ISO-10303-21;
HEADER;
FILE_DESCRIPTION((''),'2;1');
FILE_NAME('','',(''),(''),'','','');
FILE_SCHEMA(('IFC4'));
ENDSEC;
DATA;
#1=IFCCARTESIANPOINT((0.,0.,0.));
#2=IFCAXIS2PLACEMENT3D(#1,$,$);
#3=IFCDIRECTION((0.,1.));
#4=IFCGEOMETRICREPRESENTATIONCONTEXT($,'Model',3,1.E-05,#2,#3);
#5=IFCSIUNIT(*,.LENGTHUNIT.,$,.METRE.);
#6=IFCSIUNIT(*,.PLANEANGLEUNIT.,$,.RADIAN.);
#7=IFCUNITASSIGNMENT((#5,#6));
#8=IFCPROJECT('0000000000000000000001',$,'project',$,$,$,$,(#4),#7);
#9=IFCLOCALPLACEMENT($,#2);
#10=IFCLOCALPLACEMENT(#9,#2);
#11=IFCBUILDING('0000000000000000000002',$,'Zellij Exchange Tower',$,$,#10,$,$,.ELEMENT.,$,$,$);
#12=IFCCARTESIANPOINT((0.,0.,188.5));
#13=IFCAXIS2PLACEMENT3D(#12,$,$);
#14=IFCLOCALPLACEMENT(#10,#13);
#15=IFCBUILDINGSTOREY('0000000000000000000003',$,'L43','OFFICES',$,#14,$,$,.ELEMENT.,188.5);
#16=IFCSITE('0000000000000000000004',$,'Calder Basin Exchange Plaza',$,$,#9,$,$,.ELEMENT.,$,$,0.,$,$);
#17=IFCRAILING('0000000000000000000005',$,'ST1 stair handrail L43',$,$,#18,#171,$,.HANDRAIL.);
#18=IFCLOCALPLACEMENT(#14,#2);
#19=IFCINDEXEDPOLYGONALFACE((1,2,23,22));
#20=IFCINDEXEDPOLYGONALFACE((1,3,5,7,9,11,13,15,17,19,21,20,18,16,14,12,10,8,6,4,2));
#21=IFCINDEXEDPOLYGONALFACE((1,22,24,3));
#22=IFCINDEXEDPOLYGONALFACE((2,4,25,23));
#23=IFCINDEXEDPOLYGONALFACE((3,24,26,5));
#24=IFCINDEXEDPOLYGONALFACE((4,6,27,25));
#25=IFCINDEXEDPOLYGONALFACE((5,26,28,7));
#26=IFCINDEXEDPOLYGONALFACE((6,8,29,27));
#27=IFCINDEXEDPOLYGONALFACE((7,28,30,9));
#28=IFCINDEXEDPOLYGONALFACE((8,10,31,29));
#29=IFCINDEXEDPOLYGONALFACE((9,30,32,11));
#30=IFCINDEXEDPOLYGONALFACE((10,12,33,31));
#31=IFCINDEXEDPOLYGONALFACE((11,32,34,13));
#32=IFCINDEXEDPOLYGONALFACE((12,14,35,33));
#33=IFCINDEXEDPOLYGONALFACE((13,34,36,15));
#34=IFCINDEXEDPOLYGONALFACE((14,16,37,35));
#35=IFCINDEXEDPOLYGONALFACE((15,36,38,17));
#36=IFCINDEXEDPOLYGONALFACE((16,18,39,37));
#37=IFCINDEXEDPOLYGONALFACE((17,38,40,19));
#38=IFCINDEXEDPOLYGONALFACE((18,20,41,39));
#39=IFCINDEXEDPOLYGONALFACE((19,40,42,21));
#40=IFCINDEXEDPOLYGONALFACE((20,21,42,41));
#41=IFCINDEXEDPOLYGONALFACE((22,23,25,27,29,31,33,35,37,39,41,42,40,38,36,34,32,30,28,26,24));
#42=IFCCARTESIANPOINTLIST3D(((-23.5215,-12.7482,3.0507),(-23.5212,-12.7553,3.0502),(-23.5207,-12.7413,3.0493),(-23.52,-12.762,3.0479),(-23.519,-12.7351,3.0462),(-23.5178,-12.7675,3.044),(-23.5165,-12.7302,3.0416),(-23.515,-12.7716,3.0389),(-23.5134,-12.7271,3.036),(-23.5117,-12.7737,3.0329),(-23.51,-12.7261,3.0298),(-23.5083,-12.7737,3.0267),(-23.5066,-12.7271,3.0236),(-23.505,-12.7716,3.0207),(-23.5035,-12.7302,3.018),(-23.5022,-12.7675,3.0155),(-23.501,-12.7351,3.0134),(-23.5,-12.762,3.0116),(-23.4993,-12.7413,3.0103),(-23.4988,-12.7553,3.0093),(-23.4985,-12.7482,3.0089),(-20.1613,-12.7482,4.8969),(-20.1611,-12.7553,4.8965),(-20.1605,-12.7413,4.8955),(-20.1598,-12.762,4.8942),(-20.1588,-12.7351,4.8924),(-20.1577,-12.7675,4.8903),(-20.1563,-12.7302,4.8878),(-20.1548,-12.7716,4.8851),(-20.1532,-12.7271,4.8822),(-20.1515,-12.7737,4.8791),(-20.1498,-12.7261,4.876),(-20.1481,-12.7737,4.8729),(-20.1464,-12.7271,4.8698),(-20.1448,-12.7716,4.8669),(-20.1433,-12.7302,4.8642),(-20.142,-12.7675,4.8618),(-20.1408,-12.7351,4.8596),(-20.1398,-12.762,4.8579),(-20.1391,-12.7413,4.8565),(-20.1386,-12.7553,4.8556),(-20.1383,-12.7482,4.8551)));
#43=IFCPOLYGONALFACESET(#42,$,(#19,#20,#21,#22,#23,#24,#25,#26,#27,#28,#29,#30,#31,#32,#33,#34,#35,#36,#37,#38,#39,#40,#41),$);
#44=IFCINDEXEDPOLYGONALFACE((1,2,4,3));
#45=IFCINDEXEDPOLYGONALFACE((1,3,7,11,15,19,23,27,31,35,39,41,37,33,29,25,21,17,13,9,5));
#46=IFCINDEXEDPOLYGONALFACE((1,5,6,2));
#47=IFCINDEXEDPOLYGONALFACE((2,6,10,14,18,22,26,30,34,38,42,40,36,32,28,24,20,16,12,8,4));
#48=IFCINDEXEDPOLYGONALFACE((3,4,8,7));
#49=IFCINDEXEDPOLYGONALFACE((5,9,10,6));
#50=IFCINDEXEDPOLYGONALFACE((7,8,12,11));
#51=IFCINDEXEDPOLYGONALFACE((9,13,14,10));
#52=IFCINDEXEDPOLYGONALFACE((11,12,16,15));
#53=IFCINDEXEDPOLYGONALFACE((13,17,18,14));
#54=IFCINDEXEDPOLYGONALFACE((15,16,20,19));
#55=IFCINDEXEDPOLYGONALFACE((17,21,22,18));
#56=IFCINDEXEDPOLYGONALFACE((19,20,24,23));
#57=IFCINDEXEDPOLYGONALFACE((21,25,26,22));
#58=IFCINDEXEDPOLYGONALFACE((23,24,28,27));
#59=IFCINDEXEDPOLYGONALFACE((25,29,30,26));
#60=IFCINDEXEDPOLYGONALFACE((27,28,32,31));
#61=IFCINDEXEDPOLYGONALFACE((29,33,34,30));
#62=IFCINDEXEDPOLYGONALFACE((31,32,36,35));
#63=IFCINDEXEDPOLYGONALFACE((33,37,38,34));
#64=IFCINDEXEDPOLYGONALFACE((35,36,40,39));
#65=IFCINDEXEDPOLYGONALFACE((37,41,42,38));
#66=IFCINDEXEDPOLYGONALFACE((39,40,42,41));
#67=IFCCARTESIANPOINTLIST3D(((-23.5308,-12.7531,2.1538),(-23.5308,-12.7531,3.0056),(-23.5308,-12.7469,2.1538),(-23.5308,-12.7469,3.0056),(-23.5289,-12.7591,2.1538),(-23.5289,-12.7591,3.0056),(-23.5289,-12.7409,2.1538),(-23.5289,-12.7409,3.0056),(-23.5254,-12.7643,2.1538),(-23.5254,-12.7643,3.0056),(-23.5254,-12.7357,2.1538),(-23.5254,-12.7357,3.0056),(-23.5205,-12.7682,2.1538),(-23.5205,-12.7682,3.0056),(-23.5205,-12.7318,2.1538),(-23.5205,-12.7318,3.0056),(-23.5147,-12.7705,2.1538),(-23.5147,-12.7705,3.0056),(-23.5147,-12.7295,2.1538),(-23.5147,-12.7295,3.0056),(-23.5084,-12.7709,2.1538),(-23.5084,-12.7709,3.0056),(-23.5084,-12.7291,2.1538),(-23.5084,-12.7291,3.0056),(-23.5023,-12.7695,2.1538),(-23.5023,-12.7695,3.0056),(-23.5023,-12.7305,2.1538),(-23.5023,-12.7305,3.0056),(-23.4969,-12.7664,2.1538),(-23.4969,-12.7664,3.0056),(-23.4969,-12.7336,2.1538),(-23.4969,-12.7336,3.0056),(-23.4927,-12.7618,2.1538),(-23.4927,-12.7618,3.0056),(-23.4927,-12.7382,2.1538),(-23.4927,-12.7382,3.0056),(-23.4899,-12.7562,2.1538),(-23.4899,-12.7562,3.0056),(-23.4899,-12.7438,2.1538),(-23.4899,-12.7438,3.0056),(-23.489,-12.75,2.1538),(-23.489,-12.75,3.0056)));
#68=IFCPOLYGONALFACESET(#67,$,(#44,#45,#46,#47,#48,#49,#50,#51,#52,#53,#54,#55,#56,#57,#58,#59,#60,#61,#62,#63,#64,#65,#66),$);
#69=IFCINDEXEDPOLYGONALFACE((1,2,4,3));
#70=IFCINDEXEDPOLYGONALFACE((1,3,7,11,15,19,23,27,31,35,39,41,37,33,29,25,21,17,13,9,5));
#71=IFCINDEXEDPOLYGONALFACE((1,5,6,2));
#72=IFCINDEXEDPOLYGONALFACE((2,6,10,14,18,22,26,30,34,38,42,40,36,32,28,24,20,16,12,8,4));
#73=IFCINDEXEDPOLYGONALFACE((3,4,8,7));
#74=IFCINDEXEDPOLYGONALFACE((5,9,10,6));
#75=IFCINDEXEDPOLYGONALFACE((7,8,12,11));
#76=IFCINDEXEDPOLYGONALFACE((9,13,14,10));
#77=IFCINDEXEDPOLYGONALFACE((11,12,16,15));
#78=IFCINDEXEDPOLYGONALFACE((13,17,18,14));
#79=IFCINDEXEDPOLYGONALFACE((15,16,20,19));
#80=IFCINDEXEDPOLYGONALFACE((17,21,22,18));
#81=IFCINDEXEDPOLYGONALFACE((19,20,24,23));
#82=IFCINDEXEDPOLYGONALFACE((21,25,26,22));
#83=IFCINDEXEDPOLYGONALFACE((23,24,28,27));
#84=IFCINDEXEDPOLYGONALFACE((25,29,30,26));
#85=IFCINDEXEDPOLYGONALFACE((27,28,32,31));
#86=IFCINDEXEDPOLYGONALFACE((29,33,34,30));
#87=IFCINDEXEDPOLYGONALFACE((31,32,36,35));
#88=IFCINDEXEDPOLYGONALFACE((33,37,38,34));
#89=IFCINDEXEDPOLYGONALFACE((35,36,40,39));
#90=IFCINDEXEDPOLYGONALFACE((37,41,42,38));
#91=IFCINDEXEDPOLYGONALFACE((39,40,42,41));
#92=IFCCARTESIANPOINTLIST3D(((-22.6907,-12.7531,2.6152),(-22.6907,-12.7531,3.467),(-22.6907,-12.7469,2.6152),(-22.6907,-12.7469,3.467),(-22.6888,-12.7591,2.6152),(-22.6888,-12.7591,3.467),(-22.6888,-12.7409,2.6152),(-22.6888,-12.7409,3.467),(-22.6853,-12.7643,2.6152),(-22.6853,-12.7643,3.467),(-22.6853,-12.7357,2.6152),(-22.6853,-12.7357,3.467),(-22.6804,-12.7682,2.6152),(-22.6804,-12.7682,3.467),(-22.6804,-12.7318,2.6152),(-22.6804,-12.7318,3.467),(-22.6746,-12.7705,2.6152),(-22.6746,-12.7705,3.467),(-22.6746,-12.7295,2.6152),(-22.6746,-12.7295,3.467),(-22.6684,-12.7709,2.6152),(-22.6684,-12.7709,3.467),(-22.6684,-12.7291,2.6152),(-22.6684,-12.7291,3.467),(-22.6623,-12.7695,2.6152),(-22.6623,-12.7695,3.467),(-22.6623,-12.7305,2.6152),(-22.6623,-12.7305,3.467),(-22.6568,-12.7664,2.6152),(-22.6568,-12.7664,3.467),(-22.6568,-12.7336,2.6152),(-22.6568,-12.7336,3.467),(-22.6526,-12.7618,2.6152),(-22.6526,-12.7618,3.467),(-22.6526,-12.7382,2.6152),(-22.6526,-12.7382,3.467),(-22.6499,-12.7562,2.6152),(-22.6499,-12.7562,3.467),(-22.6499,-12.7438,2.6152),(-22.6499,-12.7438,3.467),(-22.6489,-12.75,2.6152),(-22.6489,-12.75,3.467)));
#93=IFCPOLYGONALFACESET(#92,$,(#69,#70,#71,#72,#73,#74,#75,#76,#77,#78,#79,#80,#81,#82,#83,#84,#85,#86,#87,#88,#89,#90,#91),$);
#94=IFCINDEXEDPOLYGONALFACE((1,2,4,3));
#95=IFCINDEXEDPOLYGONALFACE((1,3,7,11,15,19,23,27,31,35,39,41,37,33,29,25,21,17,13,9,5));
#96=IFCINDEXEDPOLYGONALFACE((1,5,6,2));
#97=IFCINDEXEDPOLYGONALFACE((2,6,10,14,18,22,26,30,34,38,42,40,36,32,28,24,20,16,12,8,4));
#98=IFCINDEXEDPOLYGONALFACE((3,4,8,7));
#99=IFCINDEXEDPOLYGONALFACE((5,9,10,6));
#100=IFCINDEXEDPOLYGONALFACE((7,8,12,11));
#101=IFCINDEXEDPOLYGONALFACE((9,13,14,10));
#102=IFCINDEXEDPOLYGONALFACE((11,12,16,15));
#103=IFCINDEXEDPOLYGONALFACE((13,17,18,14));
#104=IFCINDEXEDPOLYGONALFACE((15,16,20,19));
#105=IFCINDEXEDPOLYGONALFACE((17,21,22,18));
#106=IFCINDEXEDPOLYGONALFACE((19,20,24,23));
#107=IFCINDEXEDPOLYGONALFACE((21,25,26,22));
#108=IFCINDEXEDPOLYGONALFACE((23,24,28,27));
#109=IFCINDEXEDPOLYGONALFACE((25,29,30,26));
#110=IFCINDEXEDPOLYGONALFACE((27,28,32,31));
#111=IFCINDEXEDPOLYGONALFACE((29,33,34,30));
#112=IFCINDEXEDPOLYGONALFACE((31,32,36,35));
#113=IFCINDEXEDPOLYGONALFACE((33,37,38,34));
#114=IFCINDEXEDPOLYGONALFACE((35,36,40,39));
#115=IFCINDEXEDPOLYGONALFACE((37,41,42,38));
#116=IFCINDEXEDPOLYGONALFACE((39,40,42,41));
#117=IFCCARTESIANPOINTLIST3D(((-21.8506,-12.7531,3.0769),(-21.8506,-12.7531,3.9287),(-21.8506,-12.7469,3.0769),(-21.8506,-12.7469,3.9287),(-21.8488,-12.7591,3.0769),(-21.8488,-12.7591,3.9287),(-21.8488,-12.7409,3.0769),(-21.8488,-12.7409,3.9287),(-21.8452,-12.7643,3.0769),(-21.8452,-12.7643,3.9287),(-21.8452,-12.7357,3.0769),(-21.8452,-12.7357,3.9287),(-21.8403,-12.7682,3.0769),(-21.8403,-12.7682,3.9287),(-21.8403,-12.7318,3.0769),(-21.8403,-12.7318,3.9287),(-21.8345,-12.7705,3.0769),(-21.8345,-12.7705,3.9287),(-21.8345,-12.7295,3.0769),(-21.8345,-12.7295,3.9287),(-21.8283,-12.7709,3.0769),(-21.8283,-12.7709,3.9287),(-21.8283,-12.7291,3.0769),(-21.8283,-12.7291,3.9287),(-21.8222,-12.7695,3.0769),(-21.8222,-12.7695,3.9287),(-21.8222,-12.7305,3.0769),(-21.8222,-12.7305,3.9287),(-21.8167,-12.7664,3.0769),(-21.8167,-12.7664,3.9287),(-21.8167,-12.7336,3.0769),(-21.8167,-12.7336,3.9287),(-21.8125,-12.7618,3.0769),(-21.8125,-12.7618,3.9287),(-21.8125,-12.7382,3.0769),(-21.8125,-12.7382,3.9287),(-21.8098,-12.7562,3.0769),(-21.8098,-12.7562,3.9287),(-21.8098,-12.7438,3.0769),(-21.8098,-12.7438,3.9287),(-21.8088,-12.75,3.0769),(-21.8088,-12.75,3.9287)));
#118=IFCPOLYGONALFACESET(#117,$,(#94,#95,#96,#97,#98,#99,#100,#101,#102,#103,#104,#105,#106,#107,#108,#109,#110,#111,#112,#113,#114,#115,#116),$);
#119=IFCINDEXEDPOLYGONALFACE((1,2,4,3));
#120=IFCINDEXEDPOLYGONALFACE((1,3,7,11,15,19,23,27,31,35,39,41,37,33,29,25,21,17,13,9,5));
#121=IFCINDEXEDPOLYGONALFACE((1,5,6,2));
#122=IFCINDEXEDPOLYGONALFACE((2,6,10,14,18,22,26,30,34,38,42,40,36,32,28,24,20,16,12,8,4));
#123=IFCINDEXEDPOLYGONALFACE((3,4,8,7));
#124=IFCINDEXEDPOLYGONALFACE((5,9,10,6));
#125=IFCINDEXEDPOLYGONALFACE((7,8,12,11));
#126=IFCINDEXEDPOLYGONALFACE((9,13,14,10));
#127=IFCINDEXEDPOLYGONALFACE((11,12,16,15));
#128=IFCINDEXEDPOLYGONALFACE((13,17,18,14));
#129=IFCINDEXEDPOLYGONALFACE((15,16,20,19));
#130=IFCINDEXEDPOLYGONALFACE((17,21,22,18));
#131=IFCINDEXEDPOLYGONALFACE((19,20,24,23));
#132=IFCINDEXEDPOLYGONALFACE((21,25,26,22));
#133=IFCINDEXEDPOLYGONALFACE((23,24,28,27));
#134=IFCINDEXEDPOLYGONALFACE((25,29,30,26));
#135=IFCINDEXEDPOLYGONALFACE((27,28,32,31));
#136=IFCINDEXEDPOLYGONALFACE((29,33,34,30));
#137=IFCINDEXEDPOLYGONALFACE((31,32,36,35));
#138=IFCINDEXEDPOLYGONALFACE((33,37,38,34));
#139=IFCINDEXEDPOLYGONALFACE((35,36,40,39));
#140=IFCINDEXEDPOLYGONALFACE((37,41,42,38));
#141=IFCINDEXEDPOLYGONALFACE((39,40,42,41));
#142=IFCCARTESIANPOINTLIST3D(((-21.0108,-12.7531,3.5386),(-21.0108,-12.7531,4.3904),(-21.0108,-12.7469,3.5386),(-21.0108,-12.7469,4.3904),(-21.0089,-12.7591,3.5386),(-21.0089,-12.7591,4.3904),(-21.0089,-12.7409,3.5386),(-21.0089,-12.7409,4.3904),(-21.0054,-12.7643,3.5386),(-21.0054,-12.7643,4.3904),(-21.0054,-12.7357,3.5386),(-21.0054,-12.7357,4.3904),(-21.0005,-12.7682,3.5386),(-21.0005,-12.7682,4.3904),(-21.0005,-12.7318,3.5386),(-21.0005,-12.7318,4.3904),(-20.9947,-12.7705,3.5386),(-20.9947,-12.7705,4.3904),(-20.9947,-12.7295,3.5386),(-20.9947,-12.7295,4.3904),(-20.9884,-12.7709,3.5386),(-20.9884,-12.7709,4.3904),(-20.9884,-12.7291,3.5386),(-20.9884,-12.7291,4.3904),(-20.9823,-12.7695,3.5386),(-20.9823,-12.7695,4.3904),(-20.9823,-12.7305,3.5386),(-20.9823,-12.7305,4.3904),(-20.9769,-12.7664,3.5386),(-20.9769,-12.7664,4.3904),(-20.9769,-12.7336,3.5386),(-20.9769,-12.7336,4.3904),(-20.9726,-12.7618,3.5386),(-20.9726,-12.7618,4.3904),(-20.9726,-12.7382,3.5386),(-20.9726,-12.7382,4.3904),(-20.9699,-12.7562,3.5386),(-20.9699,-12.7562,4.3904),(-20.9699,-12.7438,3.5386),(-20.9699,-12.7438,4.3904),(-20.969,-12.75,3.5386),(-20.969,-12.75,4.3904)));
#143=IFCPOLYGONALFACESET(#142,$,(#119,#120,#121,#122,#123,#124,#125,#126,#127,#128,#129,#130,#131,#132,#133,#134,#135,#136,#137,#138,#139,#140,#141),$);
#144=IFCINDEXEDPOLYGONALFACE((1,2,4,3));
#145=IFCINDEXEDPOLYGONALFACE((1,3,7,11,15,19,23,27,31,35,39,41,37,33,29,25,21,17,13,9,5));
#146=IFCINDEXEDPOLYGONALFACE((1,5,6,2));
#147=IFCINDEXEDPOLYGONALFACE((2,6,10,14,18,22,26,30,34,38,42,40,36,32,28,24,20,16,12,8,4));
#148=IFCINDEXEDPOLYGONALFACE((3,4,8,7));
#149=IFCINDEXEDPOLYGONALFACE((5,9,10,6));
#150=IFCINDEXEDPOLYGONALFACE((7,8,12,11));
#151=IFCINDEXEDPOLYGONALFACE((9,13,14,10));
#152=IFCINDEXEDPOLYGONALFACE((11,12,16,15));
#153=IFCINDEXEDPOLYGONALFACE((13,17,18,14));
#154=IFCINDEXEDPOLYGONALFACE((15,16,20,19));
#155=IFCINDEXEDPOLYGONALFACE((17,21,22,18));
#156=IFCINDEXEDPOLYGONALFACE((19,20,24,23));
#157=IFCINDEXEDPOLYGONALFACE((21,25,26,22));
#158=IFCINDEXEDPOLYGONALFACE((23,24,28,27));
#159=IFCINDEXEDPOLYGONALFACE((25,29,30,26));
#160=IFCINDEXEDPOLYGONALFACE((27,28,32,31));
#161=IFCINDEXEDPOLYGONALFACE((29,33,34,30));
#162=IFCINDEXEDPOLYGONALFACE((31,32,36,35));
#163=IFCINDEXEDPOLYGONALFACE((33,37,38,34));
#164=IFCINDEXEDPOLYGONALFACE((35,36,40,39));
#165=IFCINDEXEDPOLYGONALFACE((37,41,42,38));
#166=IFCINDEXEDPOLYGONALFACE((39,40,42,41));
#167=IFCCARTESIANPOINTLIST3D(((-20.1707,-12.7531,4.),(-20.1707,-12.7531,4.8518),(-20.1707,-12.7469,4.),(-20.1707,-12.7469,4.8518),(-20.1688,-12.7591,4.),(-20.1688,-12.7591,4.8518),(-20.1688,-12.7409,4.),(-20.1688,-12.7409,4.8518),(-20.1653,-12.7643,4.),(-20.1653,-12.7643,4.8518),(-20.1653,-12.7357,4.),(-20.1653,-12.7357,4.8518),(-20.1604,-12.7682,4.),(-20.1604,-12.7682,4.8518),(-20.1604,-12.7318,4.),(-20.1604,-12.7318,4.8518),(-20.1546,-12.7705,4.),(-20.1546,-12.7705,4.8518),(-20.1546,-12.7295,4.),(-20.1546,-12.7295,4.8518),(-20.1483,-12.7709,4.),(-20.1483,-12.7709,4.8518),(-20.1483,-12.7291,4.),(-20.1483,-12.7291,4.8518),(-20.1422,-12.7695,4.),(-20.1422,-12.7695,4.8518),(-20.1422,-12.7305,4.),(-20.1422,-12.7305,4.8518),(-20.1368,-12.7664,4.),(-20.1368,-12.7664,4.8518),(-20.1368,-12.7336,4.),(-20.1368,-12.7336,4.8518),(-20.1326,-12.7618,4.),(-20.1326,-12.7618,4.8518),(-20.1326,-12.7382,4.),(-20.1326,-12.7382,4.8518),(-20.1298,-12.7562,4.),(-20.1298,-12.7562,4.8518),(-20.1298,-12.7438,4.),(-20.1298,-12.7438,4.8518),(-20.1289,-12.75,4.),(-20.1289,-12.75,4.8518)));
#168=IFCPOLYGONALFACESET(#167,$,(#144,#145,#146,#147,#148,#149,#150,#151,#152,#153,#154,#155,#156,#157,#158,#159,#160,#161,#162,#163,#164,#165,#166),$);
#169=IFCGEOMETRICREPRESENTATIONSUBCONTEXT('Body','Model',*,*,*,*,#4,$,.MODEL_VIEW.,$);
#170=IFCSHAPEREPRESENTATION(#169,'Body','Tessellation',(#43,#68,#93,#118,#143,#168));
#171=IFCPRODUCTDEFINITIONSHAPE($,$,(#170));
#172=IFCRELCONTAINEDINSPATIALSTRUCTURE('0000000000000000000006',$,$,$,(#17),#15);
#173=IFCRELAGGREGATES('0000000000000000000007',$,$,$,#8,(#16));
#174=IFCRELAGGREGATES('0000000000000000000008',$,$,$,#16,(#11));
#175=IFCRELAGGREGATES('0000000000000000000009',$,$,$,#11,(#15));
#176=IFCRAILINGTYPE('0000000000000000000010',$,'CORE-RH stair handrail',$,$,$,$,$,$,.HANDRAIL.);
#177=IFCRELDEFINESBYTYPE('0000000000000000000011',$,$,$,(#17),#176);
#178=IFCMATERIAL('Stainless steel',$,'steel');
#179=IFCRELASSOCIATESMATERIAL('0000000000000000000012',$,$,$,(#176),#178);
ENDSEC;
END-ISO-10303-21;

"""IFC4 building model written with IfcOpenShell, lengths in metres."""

from ifc_helpers import new_model, si_unit, direction, frame, origin, origin_2d, place, context, subcontext, project, spatial, circle, extrude, material, type_object, element, save


model = new_model("IFC4")

# Units and contexts
model_context = context("Model", 3, precision=1e-05, world=origin(), true_north=direction((0.0, 1.0)))
body_context = subcontext(model_context, "Body", "Model", "MODEL_VIEW")
ifc_project = project(units=[si_unit("LENGTHUNIT", "METRE"), si_unit("PLANEANGLEUNIT", "RADIAN")], contexts=[model_context])

# Site, building, storey
site_placement = place(None, origin())
site = spatial("IfcSite", under=ifc_project, at=site_placement, Name="Calder Basin Exchange Plaza", CompositionType="ELEMENT", RefElevation=0.0)
building_placement = place(site_placement, origin())
building = spatial("IfcBuilding", under=site, at=building_placement, Name="Zellij Exchange Tower", CompositionType="ELEMENT")
storey_placement = place(building_placement, frame((0.0, 0.0, 188.5)))
storey = spatial("IfcBuildingStorey", under=building, at=storey_placement, Name="L43", Description="OFFICES", CompositionType="ELEMENT", Elevation=188.5)

# Railing
ifc_material_1 = material(Name="Stainless steel", Category="steel")
railing_type_1 = type_object("IfcRailingType", Name="CORE-RH stair handrail", PredefinedType="HANDRAIL", material=ifc_material_1)
railing_1_placement = place(storey_placement, frame((-23.51, -12.75, 2.1538)))
element("IfcRailing", 1, at=railing_1_placement, inside=storey, type_object=railing_type_1, Name="ST1 stair handrail L43", PredefinedType="HANDRAIL", context=body_context, shape_type="SweptSolid", body=[
    extrude(circle(Radius=0.0239, at=origin_2d()), frame((0.0, 0.0, 0.876), z_axis=(0.876422, 0.0, 0.481545), x_axis=(0.0, 1.0, 0.0)), (0.0, 0.0, 1.0), 3.834),
    extrude(circle(Radius=0.021, at=origin_2d()), origin(), (0.0, 0.0, 1.0), 0.8518),
    extrude(circle(Radius=0.021, at=origin_2d()), frame((0.8401, 0.0, 0.4614)), (0.0, 0.0, 1.0), 0.8518),
    extrude(circle(Radius=0.021, at=origin_2d()), frame((1.6802, 0.0, 0.9231)), (0.0, 0.0, 1.0), 0.8518),
    extrude(circle(Radius=0.021, at=origin_2d()), frame((2.52, 0.0, 1.3848)), (0.0, 0.0, 1.0), 0.8518),
    extrude(circle(Radius=0.021, at=origin_2d()), frame((3.3601, 0.0, 1.8462)), (0.0, 0.0, 1.0), 0.8518),
])

save(model, "model.ifc")
